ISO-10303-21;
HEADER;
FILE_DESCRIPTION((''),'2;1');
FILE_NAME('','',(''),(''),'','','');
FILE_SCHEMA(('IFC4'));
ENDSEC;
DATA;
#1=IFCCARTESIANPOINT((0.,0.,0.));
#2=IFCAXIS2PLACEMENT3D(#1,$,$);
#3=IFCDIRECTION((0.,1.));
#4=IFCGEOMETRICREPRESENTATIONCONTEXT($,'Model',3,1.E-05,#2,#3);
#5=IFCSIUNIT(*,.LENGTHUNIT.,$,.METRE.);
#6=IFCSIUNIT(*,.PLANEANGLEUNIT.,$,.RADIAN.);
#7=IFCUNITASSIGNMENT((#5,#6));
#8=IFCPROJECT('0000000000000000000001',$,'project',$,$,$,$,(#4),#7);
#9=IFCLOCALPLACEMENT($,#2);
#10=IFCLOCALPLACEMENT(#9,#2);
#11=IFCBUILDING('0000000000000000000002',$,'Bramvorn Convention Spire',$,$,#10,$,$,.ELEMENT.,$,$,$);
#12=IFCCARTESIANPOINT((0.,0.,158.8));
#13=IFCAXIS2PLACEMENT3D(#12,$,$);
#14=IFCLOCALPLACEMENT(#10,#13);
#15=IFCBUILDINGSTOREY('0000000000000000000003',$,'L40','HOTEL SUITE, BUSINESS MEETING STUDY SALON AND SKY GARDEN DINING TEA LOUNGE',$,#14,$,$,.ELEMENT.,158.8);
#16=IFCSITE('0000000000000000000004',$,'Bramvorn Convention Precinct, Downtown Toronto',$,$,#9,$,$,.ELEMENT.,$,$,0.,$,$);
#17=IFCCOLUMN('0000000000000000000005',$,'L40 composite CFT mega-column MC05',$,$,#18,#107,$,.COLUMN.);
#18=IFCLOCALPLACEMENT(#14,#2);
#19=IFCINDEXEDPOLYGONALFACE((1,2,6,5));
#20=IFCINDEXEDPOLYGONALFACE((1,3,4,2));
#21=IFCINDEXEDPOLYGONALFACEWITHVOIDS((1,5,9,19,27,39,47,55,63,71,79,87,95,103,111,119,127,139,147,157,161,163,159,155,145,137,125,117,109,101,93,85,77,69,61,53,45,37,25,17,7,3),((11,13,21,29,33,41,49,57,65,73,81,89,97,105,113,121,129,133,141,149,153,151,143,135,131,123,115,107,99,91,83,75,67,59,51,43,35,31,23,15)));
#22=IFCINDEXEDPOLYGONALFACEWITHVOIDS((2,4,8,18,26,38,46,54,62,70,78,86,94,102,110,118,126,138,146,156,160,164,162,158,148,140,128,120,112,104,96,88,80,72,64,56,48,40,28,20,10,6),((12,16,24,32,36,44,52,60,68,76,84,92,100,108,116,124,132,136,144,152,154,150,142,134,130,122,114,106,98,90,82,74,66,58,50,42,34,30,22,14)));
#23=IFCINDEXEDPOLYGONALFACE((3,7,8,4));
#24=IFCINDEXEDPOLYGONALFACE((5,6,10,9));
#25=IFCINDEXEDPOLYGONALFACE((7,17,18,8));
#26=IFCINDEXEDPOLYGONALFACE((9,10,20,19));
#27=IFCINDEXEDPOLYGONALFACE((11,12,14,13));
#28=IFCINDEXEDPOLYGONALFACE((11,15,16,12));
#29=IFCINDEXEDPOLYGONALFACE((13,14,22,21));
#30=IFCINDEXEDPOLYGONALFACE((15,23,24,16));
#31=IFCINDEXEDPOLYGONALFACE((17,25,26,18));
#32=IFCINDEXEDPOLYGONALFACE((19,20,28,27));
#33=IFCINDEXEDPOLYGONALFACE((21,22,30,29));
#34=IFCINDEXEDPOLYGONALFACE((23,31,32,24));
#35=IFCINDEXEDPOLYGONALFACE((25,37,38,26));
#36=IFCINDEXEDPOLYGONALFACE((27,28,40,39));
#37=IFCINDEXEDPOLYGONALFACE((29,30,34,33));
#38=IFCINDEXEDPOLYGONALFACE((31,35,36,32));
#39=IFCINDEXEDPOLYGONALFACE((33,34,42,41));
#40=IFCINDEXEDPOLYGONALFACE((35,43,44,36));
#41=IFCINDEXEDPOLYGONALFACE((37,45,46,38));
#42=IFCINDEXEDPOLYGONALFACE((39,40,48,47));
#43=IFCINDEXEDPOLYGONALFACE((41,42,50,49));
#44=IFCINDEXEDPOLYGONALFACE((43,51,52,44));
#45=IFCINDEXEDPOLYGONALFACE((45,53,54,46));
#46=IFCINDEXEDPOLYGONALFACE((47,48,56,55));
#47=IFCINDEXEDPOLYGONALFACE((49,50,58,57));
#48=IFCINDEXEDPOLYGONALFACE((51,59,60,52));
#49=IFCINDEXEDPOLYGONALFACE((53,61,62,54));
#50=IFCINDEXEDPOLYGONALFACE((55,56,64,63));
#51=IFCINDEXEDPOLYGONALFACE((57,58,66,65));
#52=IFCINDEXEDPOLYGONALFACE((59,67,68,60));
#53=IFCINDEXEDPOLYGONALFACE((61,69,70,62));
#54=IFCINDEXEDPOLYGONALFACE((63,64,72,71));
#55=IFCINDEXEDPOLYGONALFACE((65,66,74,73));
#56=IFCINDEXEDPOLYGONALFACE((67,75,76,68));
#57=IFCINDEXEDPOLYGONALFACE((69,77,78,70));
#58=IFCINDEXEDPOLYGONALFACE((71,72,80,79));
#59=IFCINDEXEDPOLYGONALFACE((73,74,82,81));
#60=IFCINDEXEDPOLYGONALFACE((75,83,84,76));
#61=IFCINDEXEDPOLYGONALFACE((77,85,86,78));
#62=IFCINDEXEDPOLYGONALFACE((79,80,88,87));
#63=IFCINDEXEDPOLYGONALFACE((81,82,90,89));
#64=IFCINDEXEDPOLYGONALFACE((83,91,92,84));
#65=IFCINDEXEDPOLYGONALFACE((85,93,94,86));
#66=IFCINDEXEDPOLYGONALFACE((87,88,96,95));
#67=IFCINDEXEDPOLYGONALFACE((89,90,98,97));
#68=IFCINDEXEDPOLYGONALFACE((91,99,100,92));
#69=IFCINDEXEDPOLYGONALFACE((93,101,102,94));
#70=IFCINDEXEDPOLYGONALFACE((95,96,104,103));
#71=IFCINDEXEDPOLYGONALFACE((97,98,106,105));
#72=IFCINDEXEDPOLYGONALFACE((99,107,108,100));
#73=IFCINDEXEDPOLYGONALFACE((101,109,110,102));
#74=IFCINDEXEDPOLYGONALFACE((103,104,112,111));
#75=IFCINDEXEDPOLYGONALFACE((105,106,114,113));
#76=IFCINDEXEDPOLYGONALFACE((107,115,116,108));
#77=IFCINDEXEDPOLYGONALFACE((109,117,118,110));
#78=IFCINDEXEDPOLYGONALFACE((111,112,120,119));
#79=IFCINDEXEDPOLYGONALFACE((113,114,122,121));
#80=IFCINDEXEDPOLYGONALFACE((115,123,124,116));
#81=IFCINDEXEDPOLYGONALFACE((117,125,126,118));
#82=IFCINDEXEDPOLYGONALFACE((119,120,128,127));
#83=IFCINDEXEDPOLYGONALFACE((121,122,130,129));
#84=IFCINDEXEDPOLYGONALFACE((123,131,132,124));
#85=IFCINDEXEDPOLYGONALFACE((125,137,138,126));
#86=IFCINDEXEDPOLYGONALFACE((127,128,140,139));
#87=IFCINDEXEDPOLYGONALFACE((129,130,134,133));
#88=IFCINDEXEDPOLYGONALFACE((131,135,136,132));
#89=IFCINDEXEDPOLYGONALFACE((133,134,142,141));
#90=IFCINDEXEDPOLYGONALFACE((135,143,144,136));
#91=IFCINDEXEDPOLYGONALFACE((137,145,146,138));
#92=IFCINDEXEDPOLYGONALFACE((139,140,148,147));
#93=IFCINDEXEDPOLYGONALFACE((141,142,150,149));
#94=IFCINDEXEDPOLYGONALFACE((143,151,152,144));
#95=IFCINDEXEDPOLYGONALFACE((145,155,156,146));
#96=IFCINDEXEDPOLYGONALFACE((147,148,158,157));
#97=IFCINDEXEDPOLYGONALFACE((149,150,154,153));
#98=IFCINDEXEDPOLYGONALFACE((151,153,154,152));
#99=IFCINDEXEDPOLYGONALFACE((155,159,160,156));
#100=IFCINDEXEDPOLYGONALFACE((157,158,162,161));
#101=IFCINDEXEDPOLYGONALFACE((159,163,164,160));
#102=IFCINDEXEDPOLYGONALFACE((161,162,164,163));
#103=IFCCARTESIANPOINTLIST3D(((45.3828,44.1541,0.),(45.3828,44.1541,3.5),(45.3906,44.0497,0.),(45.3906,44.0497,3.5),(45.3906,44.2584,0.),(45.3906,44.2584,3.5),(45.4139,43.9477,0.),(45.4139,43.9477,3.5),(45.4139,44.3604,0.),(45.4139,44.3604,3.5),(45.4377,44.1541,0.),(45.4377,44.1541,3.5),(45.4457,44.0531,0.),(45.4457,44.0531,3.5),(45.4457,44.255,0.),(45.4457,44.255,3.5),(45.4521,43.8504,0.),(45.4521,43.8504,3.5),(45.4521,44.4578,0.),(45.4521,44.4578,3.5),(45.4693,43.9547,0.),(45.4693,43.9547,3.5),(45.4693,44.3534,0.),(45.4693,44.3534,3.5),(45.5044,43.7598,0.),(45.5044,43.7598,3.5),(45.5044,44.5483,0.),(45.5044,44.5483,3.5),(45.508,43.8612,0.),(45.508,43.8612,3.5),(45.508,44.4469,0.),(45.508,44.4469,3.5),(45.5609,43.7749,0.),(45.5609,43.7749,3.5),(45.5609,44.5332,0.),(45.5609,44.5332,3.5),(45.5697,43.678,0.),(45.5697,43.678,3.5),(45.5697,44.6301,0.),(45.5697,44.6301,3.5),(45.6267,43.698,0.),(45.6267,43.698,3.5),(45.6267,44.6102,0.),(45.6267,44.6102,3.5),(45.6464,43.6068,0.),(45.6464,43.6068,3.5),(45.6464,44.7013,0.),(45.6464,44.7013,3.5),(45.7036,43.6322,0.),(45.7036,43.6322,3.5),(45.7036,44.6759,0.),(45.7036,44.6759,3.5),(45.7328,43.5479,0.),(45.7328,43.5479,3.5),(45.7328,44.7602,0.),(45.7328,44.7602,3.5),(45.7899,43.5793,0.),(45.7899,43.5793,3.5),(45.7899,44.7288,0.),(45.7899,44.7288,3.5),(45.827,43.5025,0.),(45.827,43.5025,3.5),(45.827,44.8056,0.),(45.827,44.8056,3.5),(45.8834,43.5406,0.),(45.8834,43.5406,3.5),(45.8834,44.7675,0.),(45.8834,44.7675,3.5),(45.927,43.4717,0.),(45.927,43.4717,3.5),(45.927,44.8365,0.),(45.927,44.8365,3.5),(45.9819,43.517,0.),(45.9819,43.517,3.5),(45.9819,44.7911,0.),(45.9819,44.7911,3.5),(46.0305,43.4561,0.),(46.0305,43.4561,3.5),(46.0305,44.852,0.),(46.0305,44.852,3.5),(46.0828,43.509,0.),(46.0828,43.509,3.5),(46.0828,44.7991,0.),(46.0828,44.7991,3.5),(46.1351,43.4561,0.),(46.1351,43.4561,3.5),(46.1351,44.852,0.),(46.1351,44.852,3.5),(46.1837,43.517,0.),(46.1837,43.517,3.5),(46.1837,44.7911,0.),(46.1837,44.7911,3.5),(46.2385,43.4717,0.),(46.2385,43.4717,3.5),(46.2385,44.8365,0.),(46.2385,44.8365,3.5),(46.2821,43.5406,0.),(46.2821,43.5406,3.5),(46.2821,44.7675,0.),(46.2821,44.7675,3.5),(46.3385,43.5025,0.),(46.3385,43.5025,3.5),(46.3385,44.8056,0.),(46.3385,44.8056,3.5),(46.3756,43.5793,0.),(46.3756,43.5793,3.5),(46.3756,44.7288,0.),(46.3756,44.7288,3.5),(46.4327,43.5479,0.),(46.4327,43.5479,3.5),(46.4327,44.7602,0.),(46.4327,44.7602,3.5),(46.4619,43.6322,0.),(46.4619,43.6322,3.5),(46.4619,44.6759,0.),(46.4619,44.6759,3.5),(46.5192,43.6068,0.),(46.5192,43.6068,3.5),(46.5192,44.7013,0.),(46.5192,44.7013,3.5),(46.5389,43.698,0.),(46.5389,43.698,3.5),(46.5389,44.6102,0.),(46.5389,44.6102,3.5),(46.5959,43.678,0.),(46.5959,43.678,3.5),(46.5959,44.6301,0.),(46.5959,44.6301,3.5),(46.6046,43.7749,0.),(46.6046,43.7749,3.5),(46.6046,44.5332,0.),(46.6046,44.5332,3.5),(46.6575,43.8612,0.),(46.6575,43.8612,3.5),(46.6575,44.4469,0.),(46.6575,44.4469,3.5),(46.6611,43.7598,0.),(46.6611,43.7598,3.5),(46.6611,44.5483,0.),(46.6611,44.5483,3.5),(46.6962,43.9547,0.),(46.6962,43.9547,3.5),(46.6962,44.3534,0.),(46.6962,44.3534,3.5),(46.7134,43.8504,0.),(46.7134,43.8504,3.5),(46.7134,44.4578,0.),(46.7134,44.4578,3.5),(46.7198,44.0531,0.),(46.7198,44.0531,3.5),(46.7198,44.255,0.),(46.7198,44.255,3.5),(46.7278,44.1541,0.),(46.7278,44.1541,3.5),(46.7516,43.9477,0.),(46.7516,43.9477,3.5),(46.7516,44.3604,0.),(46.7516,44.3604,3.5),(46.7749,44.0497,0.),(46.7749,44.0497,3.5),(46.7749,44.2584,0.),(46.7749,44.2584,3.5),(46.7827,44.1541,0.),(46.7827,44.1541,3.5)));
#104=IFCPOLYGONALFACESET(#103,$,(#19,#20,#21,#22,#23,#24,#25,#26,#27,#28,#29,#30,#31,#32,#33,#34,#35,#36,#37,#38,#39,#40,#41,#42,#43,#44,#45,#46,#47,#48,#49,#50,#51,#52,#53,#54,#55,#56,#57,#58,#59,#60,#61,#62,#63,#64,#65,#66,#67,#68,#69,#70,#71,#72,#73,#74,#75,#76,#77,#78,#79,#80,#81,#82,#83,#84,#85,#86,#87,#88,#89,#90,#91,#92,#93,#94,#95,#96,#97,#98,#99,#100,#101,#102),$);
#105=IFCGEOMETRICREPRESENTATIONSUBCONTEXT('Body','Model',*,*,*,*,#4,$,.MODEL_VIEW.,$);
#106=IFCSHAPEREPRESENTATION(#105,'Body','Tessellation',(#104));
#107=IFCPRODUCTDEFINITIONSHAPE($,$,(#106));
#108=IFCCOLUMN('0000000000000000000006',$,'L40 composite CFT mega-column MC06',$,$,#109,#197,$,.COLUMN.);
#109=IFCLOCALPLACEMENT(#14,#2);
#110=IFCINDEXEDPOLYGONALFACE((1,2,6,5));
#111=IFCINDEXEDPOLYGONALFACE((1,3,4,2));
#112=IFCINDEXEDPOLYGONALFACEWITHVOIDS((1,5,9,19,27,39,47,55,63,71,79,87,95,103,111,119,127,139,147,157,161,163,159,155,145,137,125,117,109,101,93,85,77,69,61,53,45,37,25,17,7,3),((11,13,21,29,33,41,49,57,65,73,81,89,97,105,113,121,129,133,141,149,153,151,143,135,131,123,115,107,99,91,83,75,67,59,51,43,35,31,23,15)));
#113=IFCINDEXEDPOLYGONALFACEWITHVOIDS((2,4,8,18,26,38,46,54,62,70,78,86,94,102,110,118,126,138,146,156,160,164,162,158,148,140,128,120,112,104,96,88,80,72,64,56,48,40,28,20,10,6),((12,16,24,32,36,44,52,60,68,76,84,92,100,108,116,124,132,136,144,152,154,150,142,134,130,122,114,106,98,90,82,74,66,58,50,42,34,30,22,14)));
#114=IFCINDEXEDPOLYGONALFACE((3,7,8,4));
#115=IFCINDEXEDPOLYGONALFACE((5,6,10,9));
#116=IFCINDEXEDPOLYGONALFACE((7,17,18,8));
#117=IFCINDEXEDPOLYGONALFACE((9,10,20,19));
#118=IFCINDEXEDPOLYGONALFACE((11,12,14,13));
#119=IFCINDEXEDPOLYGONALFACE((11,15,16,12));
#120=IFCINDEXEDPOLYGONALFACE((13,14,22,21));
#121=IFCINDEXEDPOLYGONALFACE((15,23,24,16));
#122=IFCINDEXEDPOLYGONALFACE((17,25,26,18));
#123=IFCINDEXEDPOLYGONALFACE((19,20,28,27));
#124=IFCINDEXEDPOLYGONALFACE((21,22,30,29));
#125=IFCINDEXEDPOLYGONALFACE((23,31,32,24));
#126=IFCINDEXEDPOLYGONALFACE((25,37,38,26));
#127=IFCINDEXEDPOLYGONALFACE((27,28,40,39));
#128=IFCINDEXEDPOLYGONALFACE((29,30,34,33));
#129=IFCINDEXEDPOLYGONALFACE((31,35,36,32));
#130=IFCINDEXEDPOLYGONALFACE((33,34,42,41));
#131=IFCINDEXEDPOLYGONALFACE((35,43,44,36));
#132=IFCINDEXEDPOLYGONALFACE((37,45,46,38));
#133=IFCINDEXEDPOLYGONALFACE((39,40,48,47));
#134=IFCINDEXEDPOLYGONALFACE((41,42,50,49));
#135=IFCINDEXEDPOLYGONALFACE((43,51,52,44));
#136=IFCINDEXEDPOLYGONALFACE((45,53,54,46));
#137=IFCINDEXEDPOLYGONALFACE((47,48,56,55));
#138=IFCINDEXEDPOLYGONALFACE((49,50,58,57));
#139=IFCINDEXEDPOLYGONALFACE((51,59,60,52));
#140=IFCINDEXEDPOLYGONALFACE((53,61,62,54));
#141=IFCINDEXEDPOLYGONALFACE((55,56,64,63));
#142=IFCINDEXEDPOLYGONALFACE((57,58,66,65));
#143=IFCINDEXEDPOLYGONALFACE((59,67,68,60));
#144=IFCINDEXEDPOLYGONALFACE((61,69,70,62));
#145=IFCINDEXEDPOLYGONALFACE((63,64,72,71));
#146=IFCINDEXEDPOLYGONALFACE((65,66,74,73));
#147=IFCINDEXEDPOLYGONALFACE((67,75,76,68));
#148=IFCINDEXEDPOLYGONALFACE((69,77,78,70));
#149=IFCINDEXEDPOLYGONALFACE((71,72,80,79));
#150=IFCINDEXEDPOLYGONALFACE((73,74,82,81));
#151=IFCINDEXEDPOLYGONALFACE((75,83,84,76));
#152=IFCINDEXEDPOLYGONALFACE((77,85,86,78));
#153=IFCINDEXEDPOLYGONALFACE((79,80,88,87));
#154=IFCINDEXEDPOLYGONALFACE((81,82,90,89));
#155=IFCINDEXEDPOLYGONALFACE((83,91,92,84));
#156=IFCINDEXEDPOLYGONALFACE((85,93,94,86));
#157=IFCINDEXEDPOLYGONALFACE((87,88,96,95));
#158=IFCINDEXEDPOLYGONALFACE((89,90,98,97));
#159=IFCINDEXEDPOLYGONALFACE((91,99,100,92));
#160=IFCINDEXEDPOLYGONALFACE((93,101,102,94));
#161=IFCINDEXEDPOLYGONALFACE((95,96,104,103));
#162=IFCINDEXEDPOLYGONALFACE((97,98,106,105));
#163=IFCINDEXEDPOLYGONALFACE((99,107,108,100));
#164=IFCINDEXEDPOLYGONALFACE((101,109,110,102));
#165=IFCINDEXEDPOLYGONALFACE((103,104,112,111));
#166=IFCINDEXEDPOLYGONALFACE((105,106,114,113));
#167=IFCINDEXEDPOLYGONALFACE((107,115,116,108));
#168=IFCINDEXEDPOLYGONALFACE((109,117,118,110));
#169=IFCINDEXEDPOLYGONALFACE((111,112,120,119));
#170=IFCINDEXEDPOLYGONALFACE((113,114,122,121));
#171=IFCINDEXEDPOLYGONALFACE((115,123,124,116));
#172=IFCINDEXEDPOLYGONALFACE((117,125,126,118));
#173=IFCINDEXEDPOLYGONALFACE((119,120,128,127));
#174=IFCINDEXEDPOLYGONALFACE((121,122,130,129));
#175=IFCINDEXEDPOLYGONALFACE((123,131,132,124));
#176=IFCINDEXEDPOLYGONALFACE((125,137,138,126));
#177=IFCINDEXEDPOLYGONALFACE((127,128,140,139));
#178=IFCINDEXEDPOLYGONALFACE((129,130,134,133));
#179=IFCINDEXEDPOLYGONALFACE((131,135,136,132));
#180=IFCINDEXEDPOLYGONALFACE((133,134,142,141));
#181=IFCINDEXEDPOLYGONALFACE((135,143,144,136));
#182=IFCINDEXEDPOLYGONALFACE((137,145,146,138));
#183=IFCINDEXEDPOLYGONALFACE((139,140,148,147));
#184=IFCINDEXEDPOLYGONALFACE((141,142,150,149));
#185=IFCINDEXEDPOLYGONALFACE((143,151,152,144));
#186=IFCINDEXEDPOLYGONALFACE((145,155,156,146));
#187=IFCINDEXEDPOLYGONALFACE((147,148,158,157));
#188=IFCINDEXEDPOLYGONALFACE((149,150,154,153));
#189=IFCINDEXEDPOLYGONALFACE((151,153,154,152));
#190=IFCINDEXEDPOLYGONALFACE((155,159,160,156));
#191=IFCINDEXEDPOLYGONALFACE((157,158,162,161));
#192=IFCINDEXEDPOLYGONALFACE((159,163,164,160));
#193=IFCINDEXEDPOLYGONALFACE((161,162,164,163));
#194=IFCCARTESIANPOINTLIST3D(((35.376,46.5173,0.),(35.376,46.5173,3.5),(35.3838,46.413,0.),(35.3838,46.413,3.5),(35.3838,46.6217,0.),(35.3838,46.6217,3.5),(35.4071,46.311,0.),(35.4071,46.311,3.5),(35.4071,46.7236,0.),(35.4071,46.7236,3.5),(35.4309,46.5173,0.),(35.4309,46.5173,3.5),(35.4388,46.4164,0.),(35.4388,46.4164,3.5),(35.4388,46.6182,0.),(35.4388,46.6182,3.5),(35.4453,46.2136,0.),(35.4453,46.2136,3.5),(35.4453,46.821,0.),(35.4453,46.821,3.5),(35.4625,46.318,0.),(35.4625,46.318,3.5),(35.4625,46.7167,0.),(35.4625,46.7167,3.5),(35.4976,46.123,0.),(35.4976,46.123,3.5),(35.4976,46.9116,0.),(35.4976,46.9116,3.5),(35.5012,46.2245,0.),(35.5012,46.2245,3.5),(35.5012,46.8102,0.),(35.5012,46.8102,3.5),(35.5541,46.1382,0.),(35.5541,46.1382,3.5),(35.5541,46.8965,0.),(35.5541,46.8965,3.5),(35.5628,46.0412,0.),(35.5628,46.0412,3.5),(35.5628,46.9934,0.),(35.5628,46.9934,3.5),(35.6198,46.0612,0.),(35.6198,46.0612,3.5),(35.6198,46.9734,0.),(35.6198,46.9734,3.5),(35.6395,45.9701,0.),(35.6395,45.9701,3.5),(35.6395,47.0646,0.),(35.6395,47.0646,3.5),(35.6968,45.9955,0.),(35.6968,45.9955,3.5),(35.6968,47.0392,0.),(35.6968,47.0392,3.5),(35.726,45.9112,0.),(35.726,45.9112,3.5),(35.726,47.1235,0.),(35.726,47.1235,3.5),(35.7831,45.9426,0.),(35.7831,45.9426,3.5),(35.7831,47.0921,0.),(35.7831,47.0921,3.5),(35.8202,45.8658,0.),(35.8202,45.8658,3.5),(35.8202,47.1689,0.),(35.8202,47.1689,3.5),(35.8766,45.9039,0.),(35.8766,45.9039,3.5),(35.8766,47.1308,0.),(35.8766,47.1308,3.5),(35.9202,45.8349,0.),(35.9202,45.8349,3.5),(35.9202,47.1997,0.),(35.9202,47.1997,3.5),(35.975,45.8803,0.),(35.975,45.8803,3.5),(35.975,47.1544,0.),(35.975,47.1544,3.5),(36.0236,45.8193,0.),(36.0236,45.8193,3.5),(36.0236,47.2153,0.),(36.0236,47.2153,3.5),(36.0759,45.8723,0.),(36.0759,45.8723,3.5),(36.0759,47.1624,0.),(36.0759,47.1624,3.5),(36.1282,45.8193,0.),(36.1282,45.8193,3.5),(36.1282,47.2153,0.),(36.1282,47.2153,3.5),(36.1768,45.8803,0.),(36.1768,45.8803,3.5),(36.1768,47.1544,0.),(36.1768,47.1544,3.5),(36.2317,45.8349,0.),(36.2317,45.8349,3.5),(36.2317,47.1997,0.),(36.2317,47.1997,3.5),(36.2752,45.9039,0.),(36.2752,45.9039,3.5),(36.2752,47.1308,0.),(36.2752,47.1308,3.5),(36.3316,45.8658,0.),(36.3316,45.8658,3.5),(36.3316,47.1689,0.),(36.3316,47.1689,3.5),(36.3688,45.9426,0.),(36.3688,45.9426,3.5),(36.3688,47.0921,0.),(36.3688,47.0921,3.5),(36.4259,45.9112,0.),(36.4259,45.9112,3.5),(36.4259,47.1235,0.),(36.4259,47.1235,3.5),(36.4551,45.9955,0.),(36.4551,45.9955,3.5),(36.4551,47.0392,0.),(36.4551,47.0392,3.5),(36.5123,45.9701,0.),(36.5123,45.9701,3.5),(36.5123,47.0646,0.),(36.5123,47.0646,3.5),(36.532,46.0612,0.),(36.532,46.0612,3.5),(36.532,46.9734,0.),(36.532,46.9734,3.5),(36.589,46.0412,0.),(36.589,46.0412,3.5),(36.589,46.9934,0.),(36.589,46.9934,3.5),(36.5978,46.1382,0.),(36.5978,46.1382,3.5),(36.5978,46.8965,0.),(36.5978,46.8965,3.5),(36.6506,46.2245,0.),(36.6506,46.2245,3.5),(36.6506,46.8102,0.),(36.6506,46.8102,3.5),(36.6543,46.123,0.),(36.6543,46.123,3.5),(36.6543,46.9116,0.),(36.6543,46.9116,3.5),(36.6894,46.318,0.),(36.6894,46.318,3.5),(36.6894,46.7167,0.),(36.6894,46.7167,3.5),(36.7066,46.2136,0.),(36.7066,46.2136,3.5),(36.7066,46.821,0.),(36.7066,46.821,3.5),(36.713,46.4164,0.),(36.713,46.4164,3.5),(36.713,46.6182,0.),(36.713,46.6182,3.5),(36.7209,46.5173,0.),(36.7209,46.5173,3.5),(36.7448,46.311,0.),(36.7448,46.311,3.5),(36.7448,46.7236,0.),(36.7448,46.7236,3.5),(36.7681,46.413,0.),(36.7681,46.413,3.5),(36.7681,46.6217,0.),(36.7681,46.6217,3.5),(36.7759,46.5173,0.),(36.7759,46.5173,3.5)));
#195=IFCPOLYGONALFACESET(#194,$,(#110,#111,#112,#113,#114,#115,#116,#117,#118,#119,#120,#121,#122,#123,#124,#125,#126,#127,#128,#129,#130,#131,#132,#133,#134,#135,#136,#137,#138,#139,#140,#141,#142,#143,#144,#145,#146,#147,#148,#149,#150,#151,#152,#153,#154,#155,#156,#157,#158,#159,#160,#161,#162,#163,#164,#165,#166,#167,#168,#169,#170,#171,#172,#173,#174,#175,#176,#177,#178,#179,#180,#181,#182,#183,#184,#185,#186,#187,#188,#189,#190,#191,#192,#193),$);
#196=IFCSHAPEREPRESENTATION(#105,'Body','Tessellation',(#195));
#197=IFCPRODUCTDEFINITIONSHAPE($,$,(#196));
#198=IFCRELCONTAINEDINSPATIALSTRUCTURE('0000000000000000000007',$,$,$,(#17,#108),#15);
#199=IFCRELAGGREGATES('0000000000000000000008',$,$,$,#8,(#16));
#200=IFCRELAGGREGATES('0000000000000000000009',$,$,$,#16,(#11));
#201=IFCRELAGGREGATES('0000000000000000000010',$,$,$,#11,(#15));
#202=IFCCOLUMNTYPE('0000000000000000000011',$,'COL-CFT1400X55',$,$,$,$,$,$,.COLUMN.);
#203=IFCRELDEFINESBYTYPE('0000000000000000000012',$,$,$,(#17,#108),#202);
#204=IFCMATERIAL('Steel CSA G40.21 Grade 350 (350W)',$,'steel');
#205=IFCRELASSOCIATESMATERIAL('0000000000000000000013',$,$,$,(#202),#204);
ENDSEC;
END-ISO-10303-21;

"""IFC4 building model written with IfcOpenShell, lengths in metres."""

from ifc_helpers import new_model, si_unit, direction, frame, origin, origin_2d, place, context, subcontext, project, spatial, hollow_circle, extrude, material, material_profile, profile_set, type_object, element, save


model = new_model("IFC4")

# Units and contexts
model_context = context("Model", 3, precision=1e-05, world=origin(), true_north=direction((0.0, 1.0)))
body_context = subcontext(model_context, "Body", "Model", "MODEL_VIEW")
ifc_project = project(units=[si_unit("LENGTHUNIT", "METRE"), si_unit("PLANEANGLEUNIT", "RADIAN")], contexts=[model_context])

# Site, building, storey
site_placement = place(None, origin())
site = spatial("IfcSite", under=ifc_project, at=site_placement, Name="Bramvorn Convention Precinct, Downtown Toronto", CompositionType="ELEMENT", RefElevation=0.0)
building_placement = place(site_placement, origin())
building = spatial("IfcBuilding", under=site, at=building_placement, Name="Bramvorn Convention Spire", CompositionType="ELEMENT")
storey_placement = place(building_placement, frame((0.0, 0.0, 158.8)))
storey = spatial("IfcBuildingStorey", under=building, at=storey_placement, Name="L40", Description="HOTEL SUITE, BUSINESS MEETING STUDY SALON AND SKY GARDEN DINING TEA LOUNGE", CompositionType="ELEMENT", Elevation=158.8)

# Columns
ifc_material_1 = material(Name="Steel CSA G40.21 Grade 350 (350W)", Category="steel")
ifc_material_profile_1 = material_profile(ifc_material_1, hollow_circle(Radius=0.7, WallThickness=0.0549, at=origin_2d()))
ifc_profile_set_1 = profile_set([ifc_material_profile_1], Name="Steel CSA G40.21 Grade 350 (350W) - CFT1400X55")
column_type = type_object("IfcColumnType", Name="COL-CFT1400X55", PredefinedType="COLUMN", material=ifc_profile_set_1)
for number, where, z_axis, x_axis, name in (
    (1, (46.0828, 44.1541, 0.0), (0.0, 0.0, 1.0), (1.0, 0.0, 0.0), "L40 composite CFT mega-column MC05"),
    (2, (36.0759, 46.5173, 0.0), (0.0, 0.0, 1.0), (1.0, 0.0, 0.0), "L40 composite CFT mega-column MC06"),
):
    element("IfcColumn", number, at=place(storey_placement, frame(where, z_axis=z_axis, x_axis=x_axis)), inside=storey, type_object=column_type, Name=name, PredefinedType="COLUMN", context=body_context, shape_type="SweptSolid", body=[
        extrude(hollow_circle(Radius=0.7, WallThickness=0.0549, at=origin_2d()), origin(), (0.0, 0.0, 1.0), 3.5),
    ])

save(model, "model.ifc")
